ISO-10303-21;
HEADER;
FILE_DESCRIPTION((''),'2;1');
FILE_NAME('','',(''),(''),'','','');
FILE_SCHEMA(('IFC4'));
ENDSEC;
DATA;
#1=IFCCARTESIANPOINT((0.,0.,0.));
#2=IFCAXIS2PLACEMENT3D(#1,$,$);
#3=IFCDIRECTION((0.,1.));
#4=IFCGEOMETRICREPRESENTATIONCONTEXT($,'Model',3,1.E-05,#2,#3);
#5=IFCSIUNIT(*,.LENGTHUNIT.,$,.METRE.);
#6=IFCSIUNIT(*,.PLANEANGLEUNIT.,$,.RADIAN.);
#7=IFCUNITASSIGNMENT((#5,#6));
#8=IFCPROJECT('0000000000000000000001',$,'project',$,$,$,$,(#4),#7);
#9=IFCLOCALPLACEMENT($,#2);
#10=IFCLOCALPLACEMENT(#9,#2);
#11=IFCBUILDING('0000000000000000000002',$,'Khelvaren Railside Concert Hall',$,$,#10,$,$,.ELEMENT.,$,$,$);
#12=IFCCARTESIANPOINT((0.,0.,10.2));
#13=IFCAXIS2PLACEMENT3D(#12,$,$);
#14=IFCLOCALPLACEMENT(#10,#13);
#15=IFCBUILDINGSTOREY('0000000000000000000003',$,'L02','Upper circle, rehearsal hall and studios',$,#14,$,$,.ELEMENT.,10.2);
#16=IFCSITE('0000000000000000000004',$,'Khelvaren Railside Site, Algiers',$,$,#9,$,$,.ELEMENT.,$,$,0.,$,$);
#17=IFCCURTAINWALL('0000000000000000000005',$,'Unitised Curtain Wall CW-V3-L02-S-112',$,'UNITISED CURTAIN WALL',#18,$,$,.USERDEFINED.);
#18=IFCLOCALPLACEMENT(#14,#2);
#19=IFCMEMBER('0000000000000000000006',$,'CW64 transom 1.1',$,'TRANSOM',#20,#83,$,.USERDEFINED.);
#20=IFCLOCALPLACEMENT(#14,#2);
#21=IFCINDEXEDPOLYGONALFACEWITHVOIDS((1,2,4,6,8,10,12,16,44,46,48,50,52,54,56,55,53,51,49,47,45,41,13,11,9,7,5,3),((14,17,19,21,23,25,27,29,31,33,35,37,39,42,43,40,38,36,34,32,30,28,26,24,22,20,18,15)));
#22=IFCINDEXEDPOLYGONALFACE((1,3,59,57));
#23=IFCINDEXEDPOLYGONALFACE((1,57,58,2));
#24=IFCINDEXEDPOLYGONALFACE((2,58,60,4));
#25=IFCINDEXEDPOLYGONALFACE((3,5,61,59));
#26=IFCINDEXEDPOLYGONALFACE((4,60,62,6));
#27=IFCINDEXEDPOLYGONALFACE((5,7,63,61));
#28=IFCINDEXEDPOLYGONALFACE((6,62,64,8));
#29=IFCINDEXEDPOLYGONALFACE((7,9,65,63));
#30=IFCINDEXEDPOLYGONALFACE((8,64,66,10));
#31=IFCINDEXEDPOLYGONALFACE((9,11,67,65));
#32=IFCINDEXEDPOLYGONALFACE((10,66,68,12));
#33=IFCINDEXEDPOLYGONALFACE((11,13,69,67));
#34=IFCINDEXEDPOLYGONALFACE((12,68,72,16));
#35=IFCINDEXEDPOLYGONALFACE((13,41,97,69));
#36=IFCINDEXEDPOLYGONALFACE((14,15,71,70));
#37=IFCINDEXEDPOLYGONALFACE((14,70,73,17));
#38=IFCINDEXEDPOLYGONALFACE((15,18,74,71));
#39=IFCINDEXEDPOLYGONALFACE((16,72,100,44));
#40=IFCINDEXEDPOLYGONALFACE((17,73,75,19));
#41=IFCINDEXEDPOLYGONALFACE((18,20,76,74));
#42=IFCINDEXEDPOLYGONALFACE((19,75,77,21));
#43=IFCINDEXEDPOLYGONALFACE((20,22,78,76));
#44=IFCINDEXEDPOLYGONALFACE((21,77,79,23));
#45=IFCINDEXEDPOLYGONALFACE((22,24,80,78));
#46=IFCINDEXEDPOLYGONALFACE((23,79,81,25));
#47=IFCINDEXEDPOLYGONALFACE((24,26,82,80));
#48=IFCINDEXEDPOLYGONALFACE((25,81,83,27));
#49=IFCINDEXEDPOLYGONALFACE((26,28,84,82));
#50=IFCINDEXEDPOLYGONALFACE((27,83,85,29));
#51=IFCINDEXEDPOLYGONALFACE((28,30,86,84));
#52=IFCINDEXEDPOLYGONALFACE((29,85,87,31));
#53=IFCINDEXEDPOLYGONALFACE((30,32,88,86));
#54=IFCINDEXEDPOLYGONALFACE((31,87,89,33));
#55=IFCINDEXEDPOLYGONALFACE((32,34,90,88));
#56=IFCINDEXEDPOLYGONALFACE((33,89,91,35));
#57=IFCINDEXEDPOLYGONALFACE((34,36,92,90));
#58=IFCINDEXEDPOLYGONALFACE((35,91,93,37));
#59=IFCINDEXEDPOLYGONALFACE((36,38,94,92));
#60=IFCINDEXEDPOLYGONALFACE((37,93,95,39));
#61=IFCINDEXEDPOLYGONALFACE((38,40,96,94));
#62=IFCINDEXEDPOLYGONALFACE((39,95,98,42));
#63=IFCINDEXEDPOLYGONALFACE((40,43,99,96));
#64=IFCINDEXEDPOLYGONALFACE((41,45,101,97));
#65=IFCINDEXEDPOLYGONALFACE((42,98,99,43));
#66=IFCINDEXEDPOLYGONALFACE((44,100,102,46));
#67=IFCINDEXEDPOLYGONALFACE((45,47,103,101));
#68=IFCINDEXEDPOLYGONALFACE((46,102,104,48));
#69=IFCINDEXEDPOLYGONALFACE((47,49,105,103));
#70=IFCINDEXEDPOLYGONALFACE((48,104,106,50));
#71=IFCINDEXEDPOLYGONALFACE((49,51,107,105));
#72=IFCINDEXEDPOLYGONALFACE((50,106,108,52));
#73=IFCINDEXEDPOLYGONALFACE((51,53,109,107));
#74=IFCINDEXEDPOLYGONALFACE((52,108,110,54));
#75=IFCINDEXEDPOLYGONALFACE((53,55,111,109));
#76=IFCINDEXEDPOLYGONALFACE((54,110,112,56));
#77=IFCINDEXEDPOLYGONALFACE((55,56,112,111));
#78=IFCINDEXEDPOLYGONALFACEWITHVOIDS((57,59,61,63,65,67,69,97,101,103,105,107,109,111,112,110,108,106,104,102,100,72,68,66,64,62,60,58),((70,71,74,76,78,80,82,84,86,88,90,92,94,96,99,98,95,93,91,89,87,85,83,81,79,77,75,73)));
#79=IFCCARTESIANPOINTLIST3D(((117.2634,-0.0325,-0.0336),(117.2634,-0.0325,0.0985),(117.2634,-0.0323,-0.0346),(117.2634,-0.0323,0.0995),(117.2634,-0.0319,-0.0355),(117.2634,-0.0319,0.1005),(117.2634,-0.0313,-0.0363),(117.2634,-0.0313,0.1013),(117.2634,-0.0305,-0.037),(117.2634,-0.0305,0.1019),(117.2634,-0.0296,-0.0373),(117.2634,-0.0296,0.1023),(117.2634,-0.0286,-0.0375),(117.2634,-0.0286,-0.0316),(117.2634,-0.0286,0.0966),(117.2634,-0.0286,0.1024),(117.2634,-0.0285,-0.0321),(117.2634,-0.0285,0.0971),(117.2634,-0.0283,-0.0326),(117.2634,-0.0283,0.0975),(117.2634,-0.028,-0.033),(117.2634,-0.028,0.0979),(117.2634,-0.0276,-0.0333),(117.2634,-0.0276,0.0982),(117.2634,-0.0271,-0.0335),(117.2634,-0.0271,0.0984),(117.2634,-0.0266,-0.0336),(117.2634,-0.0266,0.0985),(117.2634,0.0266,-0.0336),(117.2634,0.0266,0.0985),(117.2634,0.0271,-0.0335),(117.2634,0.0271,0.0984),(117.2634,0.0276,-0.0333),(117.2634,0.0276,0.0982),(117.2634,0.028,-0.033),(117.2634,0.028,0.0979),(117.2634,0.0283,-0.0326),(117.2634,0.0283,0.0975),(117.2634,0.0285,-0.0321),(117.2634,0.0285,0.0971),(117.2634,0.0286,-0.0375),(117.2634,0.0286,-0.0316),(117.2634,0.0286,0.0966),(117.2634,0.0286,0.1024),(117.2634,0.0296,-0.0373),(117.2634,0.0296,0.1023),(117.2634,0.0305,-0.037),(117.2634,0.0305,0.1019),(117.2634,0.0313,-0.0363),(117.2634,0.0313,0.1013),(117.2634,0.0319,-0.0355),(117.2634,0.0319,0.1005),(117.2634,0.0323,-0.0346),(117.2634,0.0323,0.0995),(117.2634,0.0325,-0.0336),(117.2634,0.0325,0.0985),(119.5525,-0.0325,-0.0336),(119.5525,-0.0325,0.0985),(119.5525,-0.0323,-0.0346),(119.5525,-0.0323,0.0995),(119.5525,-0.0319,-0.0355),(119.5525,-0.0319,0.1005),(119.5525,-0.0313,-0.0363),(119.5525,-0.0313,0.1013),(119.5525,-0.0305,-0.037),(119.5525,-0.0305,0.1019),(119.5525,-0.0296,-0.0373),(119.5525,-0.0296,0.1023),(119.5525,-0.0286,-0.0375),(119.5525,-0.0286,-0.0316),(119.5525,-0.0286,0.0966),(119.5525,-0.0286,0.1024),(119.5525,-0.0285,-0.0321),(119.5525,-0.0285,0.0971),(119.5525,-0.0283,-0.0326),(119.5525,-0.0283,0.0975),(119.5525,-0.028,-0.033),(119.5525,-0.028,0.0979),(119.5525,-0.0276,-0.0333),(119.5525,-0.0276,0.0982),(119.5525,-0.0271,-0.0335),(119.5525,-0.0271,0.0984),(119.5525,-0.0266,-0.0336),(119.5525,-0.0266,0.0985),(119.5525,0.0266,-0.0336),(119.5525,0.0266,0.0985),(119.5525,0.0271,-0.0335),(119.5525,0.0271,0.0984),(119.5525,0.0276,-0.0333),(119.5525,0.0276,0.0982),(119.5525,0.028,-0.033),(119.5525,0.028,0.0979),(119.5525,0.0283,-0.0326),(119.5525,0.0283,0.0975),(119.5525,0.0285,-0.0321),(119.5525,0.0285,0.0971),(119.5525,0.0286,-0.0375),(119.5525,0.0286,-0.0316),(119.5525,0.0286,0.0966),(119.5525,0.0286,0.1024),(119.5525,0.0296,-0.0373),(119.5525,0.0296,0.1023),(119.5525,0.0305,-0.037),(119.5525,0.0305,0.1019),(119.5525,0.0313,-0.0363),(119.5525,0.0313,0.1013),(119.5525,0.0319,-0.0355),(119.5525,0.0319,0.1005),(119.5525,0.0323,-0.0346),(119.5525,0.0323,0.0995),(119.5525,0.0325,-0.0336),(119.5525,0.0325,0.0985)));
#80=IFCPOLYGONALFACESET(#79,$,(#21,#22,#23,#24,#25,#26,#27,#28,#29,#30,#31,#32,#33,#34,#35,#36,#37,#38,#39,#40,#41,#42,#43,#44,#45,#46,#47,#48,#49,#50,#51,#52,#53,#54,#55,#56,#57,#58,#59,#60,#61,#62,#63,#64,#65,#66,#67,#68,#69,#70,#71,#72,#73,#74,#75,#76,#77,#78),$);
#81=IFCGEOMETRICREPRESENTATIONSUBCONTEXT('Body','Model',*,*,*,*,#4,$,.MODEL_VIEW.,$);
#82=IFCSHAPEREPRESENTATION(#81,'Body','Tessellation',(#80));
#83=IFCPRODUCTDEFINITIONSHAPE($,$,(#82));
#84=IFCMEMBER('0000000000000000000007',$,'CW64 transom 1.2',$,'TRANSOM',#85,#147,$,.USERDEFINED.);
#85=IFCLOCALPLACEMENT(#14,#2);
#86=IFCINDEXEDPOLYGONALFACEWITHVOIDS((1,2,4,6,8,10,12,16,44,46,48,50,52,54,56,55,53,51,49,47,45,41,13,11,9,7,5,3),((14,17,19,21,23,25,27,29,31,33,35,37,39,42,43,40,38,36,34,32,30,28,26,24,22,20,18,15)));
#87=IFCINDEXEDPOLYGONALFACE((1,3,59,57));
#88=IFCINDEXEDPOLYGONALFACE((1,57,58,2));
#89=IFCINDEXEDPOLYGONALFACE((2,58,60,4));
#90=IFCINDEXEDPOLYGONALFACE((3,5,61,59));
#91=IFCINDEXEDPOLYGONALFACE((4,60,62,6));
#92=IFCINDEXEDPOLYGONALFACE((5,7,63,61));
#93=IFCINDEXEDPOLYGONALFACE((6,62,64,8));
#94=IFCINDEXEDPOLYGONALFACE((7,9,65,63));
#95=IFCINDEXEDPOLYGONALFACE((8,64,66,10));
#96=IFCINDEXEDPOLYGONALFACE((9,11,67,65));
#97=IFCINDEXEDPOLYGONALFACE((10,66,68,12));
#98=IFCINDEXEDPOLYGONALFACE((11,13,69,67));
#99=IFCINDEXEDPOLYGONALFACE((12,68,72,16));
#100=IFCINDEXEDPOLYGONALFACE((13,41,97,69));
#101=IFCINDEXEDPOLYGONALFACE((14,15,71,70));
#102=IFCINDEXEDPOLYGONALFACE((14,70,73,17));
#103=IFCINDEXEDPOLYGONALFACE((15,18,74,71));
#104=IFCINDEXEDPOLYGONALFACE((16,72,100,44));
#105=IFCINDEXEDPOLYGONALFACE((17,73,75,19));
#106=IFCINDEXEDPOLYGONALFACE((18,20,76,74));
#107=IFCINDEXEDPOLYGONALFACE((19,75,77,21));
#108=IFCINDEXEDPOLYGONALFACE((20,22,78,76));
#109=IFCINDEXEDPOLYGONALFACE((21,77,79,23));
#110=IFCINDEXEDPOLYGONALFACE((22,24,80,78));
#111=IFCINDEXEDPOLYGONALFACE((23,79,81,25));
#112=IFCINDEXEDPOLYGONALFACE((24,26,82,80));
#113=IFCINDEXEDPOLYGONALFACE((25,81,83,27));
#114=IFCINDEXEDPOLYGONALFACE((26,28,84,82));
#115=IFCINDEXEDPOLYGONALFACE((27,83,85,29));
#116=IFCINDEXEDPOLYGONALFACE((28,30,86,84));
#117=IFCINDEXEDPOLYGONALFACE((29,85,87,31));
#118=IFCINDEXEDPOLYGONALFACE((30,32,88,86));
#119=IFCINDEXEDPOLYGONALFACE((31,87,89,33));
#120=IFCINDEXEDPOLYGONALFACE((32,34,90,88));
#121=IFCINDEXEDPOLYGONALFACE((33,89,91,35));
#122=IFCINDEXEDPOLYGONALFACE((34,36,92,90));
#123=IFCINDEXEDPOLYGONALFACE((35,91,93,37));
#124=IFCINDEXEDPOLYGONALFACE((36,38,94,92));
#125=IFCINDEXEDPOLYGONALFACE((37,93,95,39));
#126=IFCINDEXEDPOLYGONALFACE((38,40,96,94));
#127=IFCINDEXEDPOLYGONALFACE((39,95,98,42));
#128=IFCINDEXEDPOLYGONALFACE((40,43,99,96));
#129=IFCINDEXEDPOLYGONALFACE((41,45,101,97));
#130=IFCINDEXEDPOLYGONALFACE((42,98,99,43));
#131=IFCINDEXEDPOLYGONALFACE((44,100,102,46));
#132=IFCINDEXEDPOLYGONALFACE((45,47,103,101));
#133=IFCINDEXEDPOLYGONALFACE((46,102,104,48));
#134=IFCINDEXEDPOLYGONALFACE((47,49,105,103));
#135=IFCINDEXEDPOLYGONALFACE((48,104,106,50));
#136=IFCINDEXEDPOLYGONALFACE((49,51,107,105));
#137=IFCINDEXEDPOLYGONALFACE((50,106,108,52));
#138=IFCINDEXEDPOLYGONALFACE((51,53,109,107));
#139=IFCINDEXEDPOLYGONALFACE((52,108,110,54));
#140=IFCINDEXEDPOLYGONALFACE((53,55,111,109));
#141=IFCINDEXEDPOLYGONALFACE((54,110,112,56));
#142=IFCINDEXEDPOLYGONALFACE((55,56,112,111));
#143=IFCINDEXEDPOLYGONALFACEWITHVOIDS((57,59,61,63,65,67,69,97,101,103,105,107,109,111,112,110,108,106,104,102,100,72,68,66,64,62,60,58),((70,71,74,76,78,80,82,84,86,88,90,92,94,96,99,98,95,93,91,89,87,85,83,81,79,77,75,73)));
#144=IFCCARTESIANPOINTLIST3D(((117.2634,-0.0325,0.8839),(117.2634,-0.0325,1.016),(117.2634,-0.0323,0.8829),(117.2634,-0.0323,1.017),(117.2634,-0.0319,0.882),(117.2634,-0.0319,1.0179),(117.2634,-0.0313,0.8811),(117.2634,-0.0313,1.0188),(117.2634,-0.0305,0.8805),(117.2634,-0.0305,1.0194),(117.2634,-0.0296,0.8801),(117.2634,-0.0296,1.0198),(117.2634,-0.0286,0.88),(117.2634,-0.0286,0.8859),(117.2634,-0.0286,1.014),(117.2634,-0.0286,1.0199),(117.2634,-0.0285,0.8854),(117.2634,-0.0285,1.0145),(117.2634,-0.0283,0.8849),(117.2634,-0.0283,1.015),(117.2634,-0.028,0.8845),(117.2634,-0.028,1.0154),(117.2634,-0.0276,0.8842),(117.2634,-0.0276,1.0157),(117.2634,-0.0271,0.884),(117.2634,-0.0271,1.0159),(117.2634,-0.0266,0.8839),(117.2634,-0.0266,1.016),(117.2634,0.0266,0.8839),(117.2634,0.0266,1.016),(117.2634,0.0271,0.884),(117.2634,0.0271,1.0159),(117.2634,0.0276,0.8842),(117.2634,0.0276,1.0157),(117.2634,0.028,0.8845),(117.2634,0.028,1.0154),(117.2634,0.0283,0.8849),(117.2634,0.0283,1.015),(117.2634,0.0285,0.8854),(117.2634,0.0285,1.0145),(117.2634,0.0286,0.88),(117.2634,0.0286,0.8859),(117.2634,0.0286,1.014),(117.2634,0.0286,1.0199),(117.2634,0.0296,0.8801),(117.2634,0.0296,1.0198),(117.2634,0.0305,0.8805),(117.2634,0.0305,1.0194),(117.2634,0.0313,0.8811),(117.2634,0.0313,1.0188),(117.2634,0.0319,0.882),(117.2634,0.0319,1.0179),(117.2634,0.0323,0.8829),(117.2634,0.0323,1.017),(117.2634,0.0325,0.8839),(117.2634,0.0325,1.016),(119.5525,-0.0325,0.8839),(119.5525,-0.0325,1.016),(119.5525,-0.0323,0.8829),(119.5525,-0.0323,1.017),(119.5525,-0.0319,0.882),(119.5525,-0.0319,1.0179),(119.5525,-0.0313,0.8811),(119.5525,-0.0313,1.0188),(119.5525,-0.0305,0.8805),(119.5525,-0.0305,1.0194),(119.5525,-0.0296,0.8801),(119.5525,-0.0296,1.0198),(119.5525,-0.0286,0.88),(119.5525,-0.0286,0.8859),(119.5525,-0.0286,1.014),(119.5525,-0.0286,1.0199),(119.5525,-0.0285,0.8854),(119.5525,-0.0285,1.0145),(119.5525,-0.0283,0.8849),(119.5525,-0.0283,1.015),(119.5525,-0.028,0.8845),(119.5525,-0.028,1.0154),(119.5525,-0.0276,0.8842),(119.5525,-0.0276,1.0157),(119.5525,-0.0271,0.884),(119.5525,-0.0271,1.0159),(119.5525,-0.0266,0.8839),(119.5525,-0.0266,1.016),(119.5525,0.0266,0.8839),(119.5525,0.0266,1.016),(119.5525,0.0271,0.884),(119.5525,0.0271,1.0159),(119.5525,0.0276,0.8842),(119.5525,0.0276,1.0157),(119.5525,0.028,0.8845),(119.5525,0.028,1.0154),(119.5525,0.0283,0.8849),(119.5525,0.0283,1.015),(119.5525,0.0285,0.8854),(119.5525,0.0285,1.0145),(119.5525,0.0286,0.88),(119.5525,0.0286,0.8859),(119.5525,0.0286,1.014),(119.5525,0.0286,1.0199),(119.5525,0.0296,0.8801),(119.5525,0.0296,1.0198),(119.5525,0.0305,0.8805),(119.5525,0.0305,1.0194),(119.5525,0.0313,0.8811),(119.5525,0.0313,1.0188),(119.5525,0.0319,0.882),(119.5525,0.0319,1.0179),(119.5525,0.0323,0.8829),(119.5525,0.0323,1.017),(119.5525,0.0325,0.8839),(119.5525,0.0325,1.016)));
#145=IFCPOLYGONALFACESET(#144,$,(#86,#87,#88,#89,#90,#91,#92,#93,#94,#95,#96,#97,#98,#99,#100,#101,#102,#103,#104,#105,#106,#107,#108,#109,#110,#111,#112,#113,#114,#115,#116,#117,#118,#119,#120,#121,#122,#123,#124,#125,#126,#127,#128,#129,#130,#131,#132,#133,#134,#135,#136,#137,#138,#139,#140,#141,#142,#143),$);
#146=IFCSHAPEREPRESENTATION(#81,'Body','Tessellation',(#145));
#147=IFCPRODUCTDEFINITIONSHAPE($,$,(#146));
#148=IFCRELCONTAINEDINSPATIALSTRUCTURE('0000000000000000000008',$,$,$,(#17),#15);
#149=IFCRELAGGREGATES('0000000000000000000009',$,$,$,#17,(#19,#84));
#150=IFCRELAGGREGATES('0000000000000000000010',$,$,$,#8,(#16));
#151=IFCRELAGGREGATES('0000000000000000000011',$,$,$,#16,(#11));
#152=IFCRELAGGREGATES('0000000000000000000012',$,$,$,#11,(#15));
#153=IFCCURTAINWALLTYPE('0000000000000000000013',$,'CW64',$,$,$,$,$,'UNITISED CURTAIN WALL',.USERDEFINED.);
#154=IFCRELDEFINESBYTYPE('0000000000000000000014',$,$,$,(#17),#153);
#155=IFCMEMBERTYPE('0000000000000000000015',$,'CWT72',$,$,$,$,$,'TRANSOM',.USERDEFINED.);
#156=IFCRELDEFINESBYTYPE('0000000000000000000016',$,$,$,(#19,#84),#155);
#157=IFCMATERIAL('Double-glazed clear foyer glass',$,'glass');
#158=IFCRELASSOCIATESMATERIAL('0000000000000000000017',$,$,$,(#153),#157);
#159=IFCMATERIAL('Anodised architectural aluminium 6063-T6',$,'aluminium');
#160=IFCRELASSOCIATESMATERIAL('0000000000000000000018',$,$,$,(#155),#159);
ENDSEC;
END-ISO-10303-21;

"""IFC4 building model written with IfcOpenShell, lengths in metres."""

from ifc_helpers import new_model, si_unit, direction, frame, origin, origin_2d, place, context, subcontext, project, spatial, hollow_rectangle, extrude, material, material_profile, profile_set, type_object, element, aggregate, save


model = new_model("IFC4")

# Units and contexts
model_context = context("Model", 3, precision=1e-05, world=origin(), true_north=direction((0.0, 1.0)))
body_context = subcontext(model_context, "Body", "Model", "MODEL_VIEW")
ifc_project = project(units=[si_unit("LENGTHUNIT", "METRE"), si_unit("PLANEANGLEUNIT", "RADIAN")], contexts=[model_context])

# Site, building, storey
site_placement = place(None, origin())
site = spatial("IfcSite", under=ifc_project, at=site_placement, Name="Khelvaren Railside Site, Algiers", CompositionType="ELEMENT", RefElevation=0.0)
building_placement = place(site_placement, origin())
building = spatial("IfcBuilding", under=site, at=building_placement, Name="Khelvaren Railside Concert Hall", CompositionType="ELEMENT")
storey_placement = place(building_placement, frame((0.0, 0.0, 10.2)))
storey = spatial("IfcBuildingStorey", under=building, at=storey_placement, Name="L02", Description="Upper circle, rehearsal hall and studios", CompositionType="ELEMENT", Elevation=10.2)

# Curtain wall, members
ifc_material_1 = material(Name="Double-glazed clear foyer glass", Category="glass")
curtain_wall_type = type_object("IfcCurtainWallType", Name="CW64", ElementType="UNITISED CURTAIN WALL", PredefinedType="USERDEFINED", material=ifc_material_1)
curtain_wall_placement = place(storey_placement, origin())
curtain_wall = element("IfcCurtainWall", 1, at=curtain_wall_placement, inside=storey, type_object=curtain_wall_type, Name="Unitised Curtain Wall CW-V3-L02-S-112", ObjectType="UNITISED CURTAIN WALL", PredefinedType="USERDEFINED")
ifc_material_2 = material(Name="Anodised architectural aluminium 6063-T6", Category="aluminium")
ifc_material_profile_1 = material_profile(ifc_material_2, hollow_rectangle(XDim=0.0649, YDim=0.1399, WallThickness=0.0039, InnerFilletRadius=0.002, OuterFilletRadius=0.0039, at=origin_2d()), Name="CWT 65x140x4")
ifc_profile_set_1 = profile_set([ifc_material_profile_1], Name="Anodised architectural aluminium 6063-T6")
member_type_1 = type_object("IfcMemberType", Name="CWT72", ElementType="TRANSOM", PredefinedType="USERDEFINED", material=ifc_profile_set_1)
member_1_placement = place(storey_placement, frame((119.5525, 0.0, 0.0325), z_axis=(-1.0, 0.0, 0.0), x_axis=(0.0, -1.0, 0.0)))
member_1 = element("IfcMember", 2, at=member_1_placement, type_object=member_type_1, Name="CW64 transom 1.1", ObjectType="TRANSOM", PredefinedType="USERDEFINED", context=body_context, shape_type="SweptSolid", body=[
    extrude(hollow_rectangle(XDim=0.0649, YDim=0.1399, WallThickness=0.0039, InnerFilletRadius=0.002, OuterFilletRadius=0.0039, at=origin_2d()), origin(), (0.0, 0.0, 1.0), 2.2891),
])
member_2_placement = place(storey_placement, frame((119.5525, 0.0, 0.95), z_axis=(-1.0, 0.0, 0.0), x_axis=(0.0, -1.0, 0.0)))
member_2 = element("IfcMember", 3, at=member_2_placement, type_object=member_type_1, Name="CW64 transom 1.2", ObjectType="TRANSOM", PredefinedType="USERDEFINED", context=body_context, shape_type="SweptSolid", body=[
    extrude(hollow_rectangle(XDim=0.0649, YDim=0.1399, WallThickness=0.0039, InnerFilletRadius=0.002, OuterFilletRadius=0.0039, at=origin_2d()), origin(), (0.0, 0.0, 1.0), 2.2891),
])

aggregate(curtain_wall, [member_1, member_2])

save(model, "model.ifc")
